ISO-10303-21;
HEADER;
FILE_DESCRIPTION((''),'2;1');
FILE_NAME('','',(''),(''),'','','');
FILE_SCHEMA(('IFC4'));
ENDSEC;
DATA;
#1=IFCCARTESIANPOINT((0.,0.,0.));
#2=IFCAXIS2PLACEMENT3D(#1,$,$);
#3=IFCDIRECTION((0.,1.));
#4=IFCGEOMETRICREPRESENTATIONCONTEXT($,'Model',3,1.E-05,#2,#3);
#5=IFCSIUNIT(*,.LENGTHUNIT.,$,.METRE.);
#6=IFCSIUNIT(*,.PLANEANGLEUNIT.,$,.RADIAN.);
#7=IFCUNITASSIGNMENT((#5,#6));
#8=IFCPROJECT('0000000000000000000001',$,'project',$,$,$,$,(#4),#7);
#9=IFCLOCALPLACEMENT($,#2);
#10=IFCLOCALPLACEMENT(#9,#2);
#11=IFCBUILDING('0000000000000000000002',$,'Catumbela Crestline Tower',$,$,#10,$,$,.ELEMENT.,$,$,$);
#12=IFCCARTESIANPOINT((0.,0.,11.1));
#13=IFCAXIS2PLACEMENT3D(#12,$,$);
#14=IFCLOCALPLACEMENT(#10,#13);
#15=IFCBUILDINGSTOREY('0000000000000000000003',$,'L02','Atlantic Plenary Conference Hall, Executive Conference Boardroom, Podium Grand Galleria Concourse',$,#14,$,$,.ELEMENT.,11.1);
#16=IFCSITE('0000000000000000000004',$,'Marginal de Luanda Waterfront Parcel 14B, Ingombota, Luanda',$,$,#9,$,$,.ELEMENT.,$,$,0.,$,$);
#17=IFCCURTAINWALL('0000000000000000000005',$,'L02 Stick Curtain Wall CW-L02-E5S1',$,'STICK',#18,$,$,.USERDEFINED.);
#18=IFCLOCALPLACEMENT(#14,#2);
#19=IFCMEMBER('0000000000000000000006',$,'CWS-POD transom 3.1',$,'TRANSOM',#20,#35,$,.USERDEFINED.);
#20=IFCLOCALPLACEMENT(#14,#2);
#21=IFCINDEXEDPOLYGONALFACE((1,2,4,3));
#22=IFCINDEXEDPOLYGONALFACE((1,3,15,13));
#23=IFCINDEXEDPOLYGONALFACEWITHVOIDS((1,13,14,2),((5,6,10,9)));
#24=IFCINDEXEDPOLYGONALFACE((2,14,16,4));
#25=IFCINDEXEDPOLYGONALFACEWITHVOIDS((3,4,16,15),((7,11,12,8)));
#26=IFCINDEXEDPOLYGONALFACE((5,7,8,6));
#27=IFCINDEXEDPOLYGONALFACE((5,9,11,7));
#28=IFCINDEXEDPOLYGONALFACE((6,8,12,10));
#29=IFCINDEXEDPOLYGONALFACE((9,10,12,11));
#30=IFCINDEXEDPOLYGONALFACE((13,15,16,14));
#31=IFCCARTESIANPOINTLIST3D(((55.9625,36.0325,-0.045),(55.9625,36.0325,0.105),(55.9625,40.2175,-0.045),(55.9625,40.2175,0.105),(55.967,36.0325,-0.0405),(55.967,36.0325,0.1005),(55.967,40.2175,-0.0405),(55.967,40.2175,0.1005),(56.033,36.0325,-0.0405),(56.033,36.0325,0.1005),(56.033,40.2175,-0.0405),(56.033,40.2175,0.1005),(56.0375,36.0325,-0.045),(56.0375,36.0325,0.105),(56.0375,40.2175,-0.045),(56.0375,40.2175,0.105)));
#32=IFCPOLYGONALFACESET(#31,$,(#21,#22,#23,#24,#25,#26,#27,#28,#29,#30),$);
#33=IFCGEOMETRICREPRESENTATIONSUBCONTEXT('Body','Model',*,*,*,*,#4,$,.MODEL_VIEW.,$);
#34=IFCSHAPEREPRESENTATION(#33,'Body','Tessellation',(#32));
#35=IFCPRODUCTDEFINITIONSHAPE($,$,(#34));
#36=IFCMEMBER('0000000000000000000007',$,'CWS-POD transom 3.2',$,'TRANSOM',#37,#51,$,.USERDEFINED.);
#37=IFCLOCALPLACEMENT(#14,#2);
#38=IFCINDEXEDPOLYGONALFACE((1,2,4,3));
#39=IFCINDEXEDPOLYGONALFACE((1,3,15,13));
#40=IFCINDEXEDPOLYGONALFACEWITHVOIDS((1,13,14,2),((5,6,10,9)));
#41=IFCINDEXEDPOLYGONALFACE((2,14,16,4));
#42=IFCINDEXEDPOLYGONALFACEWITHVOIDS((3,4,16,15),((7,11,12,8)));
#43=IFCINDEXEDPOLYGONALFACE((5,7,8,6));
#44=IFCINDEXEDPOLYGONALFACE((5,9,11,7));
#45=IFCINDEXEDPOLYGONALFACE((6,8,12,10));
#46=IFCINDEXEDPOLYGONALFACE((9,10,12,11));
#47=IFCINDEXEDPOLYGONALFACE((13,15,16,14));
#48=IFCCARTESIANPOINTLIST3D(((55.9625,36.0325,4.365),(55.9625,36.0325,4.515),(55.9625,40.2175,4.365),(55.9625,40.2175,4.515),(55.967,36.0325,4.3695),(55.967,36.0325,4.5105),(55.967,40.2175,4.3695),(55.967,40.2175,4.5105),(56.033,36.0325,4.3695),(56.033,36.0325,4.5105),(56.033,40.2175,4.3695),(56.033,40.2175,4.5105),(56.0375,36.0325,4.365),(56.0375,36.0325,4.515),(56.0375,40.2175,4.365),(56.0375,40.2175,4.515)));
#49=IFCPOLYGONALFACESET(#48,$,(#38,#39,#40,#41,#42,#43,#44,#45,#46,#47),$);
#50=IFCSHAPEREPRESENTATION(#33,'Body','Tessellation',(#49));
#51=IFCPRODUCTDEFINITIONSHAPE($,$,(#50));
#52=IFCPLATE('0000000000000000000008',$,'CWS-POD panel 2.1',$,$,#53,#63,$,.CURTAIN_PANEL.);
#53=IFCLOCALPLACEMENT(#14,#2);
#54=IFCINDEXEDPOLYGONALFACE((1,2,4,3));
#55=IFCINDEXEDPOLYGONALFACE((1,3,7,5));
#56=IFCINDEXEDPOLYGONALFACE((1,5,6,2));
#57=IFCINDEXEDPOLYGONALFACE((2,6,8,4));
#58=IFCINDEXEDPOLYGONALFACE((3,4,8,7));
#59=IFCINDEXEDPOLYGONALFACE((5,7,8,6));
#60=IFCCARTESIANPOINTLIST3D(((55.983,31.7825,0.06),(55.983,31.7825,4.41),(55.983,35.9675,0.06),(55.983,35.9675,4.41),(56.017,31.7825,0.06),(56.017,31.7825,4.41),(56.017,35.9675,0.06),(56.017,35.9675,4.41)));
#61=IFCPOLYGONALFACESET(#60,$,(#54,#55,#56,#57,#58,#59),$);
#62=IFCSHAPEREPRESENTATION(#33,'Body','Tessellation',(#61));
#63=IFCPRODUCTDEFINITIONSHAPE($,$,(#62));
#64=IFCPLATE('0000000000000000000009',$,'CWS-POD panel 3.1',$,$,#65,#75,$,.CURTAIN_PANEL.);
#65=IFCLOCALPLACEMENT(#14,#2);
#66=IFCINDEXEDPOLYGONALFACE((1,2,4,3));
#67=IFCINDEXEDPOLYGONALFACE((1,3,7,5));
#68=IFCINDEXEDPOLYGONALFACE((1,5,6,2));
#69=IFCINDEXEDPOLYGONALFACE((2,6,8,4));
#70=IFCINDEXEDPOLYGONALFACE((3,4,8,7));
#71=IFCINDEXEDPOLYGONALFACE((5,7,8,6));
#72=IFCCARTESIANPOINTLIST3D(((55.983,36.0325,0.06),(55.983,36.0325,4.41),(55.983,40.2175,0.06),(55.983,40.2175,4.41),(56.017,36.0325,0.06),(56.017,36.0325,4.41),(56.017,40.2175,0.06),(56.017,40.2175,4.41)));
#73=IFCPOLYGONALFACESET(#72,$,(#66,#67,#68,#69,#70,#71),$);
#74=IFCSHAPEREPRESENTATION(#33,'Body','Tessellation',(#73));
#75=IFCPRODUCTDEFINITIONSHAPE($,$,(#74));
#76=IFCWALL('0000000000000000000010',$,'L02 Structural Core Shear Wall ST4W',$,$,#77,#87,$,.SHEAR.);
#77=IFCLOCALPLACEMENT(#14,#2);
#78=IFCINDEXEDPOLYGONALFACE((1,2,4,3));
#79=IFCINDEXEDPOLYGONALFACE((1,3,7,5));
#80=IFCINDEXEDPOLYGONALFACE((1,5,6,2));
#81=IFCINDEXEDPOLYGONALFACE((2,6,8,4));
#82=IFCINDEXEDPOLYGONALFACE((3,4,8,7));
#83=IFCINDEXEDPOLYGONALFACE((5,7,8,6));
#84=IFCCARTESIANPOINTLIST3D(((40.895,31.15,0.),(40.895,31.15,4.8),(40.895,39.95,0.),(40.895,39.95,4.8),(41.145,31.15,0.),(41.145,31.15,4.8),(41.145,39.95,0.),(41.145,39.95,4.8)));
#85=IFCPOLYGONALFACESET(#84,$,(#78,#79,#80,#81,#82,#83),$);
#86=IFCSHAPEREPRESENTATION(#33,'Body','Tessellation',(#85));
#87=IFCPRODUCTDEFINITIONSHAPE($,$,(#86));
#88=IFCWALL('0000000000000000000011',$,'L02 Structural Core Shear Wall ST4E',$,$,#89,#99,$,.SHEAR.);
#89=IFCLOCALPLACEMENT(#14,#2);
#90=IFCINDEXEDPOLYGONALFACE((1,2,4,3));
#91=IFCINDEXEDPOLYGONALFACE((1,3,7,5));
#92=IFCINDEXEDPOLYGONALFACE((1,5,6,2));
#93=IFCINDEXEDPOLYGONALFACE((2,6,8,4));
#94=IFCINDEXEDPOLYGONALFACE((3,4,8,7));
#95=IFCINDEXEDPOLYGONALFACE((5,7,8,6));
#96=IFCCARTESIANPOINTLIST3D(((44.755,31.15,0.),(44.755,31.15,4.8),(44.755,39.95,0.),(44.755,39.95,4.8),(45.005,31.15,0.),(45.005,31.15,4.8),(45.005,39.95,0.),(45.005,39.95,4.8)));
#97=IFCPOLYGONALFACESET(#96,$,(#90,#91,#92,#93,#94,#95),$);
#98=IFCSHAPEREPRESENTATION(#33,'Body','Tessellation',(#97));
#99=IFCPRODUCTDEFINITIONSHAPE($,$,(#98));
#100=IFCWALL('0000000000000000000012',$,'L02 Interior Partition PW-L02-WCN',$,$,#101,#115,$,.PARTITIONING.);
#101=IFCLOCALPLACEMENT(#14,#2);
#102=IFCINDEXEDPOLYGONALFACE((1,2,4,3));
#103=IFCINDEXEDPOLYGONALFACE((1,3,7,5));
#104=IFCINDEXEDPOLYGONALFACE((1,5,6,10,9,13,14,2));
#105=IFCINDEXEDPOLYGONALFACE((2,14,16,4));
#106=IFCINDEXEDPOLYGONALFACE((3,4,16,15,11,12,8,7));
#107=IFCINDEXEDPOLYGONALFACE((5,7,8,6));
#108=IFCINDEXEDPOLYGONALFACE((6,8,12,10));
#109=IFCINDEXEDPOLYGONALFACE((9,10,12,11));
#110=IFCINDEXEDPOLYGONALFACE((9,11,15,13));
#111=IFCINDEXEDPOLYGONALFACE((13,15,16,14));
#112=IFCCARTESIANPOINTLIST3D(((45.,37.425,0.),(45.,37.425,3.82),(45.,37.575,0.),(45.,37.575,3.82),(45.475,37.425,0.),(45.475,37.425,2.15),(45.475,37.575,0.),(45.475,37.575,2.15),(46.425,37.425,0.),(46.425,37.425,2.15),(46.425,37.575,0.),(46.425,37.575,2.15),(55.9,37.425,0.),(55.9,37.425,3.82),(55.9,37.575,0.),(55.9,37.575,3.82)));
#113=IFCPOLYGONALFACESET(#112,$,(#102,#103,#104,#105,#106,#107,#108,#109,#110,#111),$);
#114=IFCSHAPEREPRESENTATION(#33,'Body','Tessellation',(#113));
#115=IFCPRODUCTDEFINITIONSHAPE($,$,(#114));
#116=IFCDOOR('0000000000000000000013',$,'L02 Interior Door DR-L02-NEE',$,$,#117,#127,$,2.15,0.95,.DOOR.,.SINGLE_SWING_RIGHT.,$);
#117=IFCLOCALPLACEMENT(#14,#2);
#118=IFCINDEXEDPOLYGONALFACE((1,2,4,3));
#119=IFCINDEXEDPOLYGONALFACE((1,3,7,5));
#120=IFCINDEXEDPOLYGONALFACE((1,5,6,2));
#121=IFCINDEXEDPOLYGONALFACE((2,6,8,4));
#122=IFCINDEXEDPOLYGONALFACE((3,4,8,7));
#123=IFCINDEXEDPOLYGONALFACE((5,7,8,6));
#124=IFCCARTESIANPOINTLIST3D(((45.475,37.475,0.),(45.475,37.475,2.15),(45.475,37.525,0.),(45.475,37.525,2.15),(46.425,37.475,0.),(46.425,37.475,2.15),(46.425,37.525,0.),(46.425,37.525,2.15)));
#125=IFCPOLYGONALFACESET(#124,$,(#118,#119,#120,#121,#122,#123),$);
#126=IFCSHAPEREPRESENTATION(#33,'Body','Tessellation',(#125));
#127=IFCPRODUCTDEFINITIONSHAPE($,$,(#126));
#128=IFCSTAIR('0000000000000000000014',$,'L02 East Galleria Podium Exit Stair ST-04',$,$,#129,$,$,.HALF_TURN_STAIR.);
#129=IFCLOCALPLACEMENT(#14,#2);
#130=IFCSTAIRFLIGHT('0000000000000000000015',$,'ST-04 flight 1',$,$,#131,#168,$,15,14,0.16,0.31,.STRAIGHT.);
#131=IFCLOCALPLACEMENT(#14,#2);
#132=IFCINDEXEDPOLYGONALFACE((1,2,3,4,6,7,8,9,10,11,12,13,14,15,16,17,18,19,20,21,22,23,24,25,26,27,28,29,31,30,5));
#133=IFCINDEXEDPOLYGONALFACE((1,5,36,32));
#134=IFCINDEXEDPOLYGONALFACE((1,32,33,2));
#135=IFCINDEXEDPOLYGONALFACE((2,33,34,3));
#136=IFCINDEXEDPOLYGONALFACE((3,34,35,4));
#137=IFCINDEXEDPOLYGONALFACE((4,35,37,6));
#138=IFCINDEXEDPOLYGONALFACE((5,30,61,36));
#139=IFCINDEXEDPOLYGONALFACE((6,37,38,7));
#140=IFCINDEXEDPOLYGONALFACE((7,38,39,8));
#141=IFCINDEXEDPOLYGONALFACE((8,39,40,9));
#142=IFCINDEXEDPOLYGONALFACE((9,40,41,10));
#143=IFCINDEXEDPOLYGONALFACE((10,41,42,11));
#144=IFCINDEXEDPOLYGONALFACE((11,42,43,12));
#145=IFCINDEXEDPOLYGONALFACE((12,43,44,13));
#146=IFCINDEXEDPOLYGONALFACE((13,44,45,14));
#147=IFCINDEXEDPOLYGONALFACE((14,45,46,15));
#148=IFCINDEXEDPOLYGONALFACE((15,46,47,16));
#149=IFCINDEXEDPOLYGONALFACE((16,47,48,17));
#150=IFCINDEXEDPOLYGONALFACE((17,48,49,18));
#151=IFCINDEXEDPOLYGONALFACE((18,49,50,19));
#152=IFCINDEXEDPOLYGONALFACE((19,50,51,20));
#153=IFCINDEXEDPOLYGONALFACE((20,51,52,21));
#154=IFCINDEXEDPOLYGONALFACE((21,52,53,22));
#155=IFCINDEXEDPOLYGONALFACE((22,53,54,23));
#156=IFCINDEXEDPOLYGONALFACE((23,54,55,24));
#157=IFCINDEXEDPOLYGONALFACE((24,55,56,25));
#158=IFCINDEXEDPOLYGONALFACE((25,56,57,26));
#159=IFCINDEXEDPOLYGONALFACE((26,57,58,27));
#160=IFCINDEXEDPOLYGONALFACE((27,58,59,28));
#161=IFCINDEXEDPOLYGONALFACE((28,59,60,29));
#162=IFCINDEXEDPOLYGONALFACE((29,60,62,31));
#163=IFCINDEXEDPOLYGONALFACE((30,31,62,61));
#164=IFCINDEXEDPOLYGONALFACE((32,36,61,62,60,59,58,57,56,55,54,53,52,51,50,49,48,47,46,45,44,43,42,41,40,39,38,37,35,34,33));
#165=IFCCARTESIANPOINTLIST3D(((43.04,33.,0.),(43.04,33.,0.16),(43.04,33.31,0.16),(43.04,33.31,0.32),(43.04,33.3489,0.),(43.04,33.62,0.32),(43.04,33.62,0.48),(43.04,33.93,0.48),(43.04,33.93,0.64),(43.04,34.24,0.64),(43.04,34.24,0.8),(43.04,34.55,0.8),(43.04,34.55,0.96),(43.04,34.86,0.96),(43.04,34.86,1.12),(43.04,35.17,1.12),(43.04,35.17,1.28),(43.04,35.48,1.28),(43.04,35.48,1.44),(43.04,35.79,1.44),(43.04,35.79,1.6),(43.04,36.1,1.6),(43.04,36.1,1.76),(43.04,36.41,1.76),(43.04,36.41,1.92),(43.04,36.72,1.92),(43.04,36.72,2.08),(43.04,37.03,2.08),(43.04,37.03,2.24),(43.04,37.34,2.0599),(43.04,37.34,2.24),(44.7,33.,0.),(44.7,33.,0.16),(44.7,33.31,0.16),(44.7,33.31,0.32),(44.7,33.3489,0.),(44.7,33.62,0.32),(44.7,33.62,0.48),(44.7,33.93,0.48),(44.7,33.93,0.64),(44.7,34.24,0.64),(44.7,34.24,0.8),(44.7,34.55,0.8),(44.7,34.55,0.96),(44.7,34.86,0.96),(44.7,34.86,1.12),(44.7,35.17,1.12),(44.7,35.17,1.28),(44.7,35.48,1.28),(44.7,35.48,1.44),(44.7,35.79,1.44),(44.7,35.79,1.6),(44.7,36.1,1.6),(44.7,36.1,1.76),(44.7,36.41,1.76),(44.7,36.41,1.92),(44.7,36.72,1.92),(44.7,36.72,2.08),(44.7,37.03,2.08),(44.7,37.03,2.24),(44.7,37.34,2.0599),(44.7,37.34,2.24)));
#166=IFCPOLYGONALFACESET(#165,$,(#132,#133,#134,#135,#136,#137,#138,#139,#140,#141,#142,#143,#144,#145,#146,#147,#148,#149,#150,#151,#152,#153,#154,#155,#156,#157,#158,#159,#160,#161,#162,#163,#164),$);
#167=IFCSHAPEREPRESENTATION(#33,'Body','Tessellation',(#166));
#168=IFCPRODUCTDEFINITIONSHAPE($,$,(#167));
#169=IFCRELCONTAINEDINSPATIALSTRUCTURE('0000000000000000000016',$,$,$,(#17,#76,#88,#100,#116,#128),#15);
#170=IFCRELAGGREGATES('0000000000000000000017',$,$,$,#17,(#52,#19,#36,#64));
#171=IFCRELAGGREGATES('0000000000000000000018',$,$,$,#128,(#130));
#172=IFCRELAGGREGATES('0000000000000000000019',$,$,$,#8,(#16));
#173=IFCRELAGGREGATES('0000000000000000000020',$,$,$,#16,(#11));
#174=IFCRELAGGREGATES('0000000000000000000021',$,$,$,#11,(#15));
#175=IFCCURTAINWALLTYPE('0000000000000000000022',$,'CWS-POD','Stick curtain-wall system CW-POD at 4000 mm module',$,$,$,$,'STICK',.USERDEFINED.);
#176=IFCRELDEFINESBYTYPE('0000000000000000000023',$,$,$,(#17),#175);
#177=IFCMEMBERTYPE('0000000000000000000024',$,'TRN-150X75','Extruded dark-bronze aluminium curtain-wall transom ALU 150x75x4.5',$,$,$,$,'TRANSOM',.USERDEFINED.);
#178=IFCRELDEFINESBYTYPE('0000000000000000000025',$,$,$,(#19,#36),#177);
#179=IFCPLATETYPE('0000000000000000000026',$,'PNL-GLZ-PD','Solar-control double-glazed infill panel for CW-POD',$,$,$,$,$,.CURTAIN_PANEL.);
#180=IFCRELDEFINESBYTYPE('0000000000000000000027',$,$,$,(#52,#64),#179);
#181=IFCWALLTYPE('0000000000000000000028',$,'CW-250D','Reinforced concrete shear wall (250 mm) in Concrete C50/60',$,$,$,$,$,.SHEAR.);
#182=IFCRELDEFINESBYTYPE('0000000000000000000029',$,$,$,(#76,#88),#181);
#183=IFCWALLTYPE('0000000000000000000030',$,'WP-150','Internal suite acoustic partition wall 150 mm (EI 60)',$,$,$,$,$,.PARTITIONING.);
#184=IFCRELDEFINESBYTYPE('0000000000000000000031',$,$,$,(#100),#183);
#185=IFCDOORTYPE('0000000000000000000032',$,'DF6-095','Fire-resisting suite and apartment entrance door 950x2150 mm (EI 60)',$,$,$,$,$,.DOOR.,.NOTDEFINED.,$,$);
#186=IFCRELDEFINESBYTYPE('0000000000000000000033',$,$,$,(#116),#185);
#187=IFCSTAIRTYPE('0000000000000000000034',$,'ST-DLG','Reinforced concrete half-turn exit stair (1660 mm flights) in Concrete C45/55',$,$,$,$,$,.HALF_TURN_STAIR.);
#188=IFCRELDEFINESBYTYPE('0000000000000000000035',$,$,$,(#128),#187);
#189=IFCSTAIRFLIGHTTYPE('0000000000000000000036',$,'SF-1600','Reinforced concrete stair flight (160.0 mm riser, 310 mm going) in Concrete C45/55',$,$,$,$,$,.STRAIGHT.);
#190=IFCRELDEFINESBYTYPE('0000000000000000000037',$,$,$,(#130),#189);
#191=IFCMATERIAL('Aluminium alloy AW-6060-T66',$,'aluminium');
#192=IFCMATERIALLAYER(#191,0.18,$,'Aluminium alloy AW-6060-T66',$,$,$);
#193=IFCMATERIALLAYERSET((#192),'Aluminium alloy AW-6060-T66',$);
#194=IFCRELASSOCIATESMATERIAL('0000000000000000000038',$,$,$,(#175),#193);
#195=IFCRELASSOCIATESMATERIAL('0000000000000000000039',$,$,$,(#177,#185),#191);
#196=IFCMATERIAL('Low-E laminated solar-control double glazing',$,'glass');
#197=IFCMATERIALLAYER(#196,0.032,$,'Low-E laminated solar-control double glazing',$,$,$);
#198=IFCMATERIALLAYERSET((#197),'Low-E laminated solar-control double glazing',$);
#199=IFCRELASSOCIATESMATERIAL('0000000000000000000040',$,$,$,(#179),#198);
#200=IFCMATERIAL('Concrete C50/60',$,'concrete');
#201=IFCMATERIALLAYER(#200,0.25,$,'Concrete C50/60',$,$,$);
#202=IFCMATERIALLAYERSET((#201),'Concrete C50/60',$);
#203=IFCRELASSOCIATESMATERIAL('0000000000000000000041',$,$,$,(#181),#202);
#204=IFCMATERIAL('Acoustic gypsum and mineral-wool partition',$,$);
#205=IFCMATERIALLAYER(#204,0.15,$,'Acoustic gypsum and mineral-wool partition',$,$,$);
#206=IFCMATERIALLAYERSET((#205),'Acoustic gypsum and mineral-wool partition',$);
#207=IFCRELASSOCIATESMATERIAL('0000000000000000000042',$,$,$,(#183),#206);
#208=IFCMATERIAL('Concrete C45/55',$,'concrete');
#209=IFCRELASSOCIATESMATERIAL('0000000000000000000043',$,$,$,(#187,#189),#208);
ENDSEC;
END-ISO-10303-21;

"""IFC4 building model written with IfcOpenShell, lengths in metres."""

from ifc_helpers import new_model, si_unit, direction, frame, frame_2d, origin, origin_2d, place, context, subcontext, project, spatial, polyline, rectangle, hollow_rectangle, outline, extrude, material, layer, layer_set, material_profile, profile_set, type_object, element, fill, aggregate, save


model = new_model("IFC4")

# Units and contexts
model_context = context("Model", 3, precision=1e-05, world=origin(), true_north=direction((0.0, 1.0)))
body_context = subcontext(model_context, "Body", "Model", "MODEL_VIEW")
ifc_project = project(units=[si_unit("LENGTHUNIT", "METRE"), si_unit("PLANEANGLEUNIT", "RADIAN")], contexts=[model_context])

# Site, building, storey
site_placement = place(None, origin())
site = spatial("IfcSite", under=ifc_project, at=site_placement, Name="Marginal de Luanda Waterfront Parcel 14B, Ingombota, Luanda", CompositionType="ELEMENT", RefElevation=0.0)
building_placement = place(site_placement, origin())
building = spatial("IfcBuilding", under=site, at=building_placement, Name="Catumbela Crestline Tower", CompositionType="ELEMENT")
storey_placement = place(building_placement, frame((0.0, 0.0, 11.1)))
storey = spatial("IfcBuildingStorey", under=building, at=storey_placement, Name="L02", Description="Atlantic Plenary Conference Hall, Executive Conference Boardroom, Podium Grand Galleria Concourse", CompositionType="ELEMENT", Elevation=11.1)

# Curtain wall, members, plates
ifc_material_1 = material(Name="Aluminium alloy AW-6060-T66", Category="aluminium")
ifc_layer_1 = layer(ifc_material_1, 0.18, Name="Aluminium alloy AW-6060-T66")
ifc_layer_set_1 = layer_set([ifc_layer_1], Name="Aluminium alloy AW-6060-T66")
curtain_wall_type = type_object("IfcCurtainWallType", Name="CWS-POD", Description="Stick curtain-wall system CW-POD at 4000 mm module", ElementType="STICK", PredefinedType="USERDEFINED", material=ifc_layer_set_1)
curtain_wall_placement = place(storey_placement, origin())
curtain_wall = element("IfcCurtainWall", 1, at=curtain_wall_placement, inside=storey, type_object=curtain_wall_type, Name="L02 Stick Curtain Wall CW-L02-E5S1", ObjectType="STICK", PredefinedType="USERDEFINED")
ifc_material_profile_1 = material_profile(ifc_material_1, hollow_rectangle(XDim=0.075, YDim=0.15, WallThickness=0.0045, at=origin_2d()), Name="ALU 150x75x4.5")
ifc_profile_set_1 = profile_set([ifc_material_profile_1], Name="Aluminium alloy AW-6060-T66")
member_type_1 = type_object("IfcMemberType", Name="TRN-150X75", Description="Extruded dark-bronze aluminium curtain-wall transom ALU 150x75x4.5", ElementType="TRANSOM", PredefinedType="USERDEFINED", material=ifc_profile_set_1)
member_1_placement = place(storey_placement, frame((56.0, 36.0325, 0.03), z_axis=(0.0, 1.0, 0.0), x_axis=(-1.0, 0.0, 0.0)))
member_1 = element("IfcMember", 2, at=member_1_placement, type_object=member_type_1, Name="CWS-POD transom 3.1", ObjectType="TRANSOM", PredefinedType="USERDEFINED", context=body_context, shape_type="SweptSolid", body=[
    extrude(hollow_rectangle(XDim=0.075, YDim=0.15, WallThickness=0.0045, at=origin_2d()), origin(), (0.0, 0.0, 1.0), 4.185),
])
member_2_placement = place(storey_placement, frame((56.0, 36.0325, 4.44), z_axis=(0.0, 1.0, 0.0), x_axis=(-1.0, 0.0, 0.0)))
member_2 = element("IfcMember", 3, at=member_2_placement, type_object=member_type_1, Name="CWS-POD transom 3.2", ObjectType="TRANSOM", PredefinedType="USERDEFINED", context=body_context, shape_type="SweptSolid", body=[
    extrude(hollow_rectangle(XDim=0.075, YDim=0.15, WallThickness=0.0045, at=origin_2d()), origin(), (0.0, 0.0, 1.0), 4.185),
])
ifc_material_2 = material(Name="Low-E laminated solar-control double glazing", Category="glass")
ifc_layer_2 = layer(ifc_material_2, 0.032, Name="Low-E laminated solar-control double glazing")
ifc_layer_set_2 = layer_set([ifc_layer_2], Name="Low-E laminated solar-control double glazing")
plate_type = type_object("IfcPlateType", Name="PNL-GLZ-PD", Description="Solar-control double-glazed infill panel for CW-POD", PredefinedType="CURTAIN_PANEL", material=ifc_layer_set_2)
plate_1_placement = place(storey_placement, frame((56.0, 33.875, 0.06), z_axis=(0.0, 0.0, 1.0), x_axis=(0.0, 1.0, 0.0)))
plate_1 = element("IfcPlate", 4, at=plate_1_placement, type_object=plate_type, Name="CWS-POD panel 2.1", PredefinedType="CURTAIN_PANEL", context=body_context, shape_type="SweptSolid", body=[
    extrude(rectangle(XDim=4.185, YDim=0.034, at=origin_2d()), origin(), (0.0, 0.0, 1.0), 4.35),
])
plate_2_placement = place(storey_placement, frame((56.0, 38.125, 0.06), z_axis=(0.0, 0.0, 1.0), x_axis=(0.0, 1.0, 0.0)))
plate_2 = element("IfcPlate", 5, at=plate_2_placement, type_object=plate_type, Name="CWS-POD panel 3.1", PredefinedType="CURTAIN_PANEL", context=body_context, shape_type="SweptSolid", body=[
    extrude(rectangle(XDim=4.185, YDim=0.034, at=origin_2d()), origin(), (0.0, 0.0, 1.0), 4.35),
])
aggregate(curtain_wall, [plate_1, member_1, member_2, plate_2])

# Walls
ifc_material_3 = material(Name="Concrete C50/60", Category="concrete")
ifc_layer_3 = layer(ifc_material_3, 0.25, Name="Concrete C50/60")
ifc_layer_set_3 = layer_set([ifc_layer_3], Name="Concrete C50/60")
wall_type_1 = type_object("IfcWallType", Name="CW-250D", Description="Reinforced concrete shear wall (250 mm) in Concrete C50/60", PredefinedType="SHEAR", material=ifc_layer_set_3)
for number, where, z_axis, x_axis, name in (
    (6, (41.02, 31.15, 0.0), (0.0, 0.0, 1.0), (0.0, 1.0, 0.0), "L02 Structural Core Shear Wall ST4W"),
    (7, (44.88, 31.15, 0.0), (0.0, 0.0, 1.0), (0.0, 1.0, 0.0), "L02 Structural Core Shear Wall ST4E"),
):
    element("IfcWall", number, at=place(storey_placement, frame(where, z_axis=z_axis, x_axis=x_axis)), inside=storey, type_object=wall_type_1, Name=name, PredefinedType="SHEAR", context=body_context, shape_type="SweptSolid", body=[
        extrude(rectangle(XDim=8.8, YDim=0.25, at=frame_2d((4.4, 0.0))), origin(), (0.0, 0.0, 1.0), 4.8),
    ])

# Wall, opening, door
ifc_material_4 = material(Name="Acoustic gypsum and mineral-wool partition")
ifc_layer_4 = layer(ifc_material_4, 0.15, Name="Acoustic gypsum and mineral-wool partition")
ifc_layer_set_4 = layer_set([ifc_layer_4], Name="Acoustic gypsum and mineral-wool partition")
wall_type_2 = type_object("IfcWallType", Name="WP-150", Description="Internal suite acoustic partition wall 150 mm (EI 60)", PredefinedType="PARTITIONING", material=ifc_layer_set_4)
wall_placement = place(storey_placement, frame((45.0, 37.5, 0.0), z_axis=(0.0, 0.0, 1.0), x_axis=(1.0, 0.0, 0.0)))
wall = element("IfcWall", 8, at=wall_placement, inside=storey, type_object=wall_type_2, Name="L02 Interior Partition PW-L02-WCN", PredefinedType="PARTITIONING", context=body_context, shape_type="SweptSolid", body=[
    extrude(rectangle(XDim=10.9, YDim=0.15, at=frame_2d((5.45, 0.0))), origin(), (0.0, 0.0, 1.0), 3.82),
])
opening_placement = place(wall_placement, frame((0.475, 0.0, 0.0)))
opening = element("IfcOpeningElement", 9, at=opening_placement, cuts=wall, PredefinedType="OPENING", context=body_context, shape_type="SweptSolid", body=[
    extrude(rectangle(XDim=0.95, YDim=2.15, at=frame_2d((0.475, 1.075))), frame((0.0, 0.085, 0.0), z_axis=(0.0, -1.0, 0.0), x_axis=(1.0, 0.0, 0.0)), (0.0, 0.0, 1.0), 0.17),
])
door_type = type_object("IfcDoorType", Name="DF6-095", Description="Fire-resisting suite and apartment entrance door 950x2150 mm (EI 60)", OperationType="NOTDEFINED", PredefinedType="DOOR", material=ifc_material_1)
door_placement = place(opening_placement, origin())
door = element("IfcDoor", 10, at=door_placement, inside=storey, type_object=door_type, Name="L02 Interior Door DR-L02-NEE", OperationType="SINGLE_SWING_RIGHT", OverallHeight=2.15, OverallWidth=0.95, PredefinedType="DOOR", context=body_context, shape_type="SweptSolid", body=[
    extrude(rectangle(XDim=0.95, YDim=2.15, at=frame_2d((0.475, 1.075))), frame((0.0, 0.025, 0.0), z_axis=(0.0, -1.0, 0.0), x_axis=(1.0, 0.0, 0.0)), (0.0, 0.0, 1.0), 0.05),
])
fill(opening, door)

# Stair, stair flight
ifc_material_5 = material(Name="Concrete C45/55", Category="concrete")
stair_type = type_object("IfcStairType", Name="ST-DLG", Description="Reinforced concrete half-turn exit stair (1660 mm flights) in Concrete C45/55", PredefinedType="HALF_TURN_STAIR", material=ifc_material_5)
stair_placement = place(storey_placement, origin())
stair = element("IfcStair", 11, at=stair_placement, inside=storey, type_object=stair_type, Name="L02 East Galleria Podium Exit Stair ST-04", PredefinedType="HALF_TURN_STAIR")
stair_flight_type = type_object("IfcStairFlightType", Name="SF-1600", Description="Reinforced concrete stair flight (160.0 mm riser, 310 mm going) in Concrete C45/55", PredefinedType="STRAIGHT", material=ifc_material_5)
stair_flight_1_placement = place(storey_placement, frame((43.87, 33.0, 0.0), z_axis=(0.0, 0.0, 1.0), x_axis=(0.0, 1.0, 0.0)))
stair_flight_1 = element("IfcStairFlight", 12, at=stair_flight_1_placement, type_object=stair_flight_type, Name="ST-04 flight 1", NumberOfRisers=15, NumberOfTreads=14, PredefinedType="STRAIGHT", RiserHeight=0.16, TreadLength=0.31, context=body_context, shape_type="SweptSolid", body=[
    extrude(outline(polyline([(0.0, 0.0), (0.0, 0.16), (0.31, 0.16), (0.31, 0.32), (0.62, 0.32), (0.62, 0.48), (0.93, 0.48), (0.93, 0.64), (1.24, 0.64), (1.24, 0.8), (1.55, 0.8), (1.55, 0.96), (1.86, 0.96), (1.86, 1.12), (2.17, 1.12), (2.17, 1.28), (2.48, 1.28), (2.48, 1.44), (2.79, 1.44), (2.79, 1.6), (3.1, 1.6), (3.1, 1.76), (3.41, 1.76), (3.41, 1.92), (3.72, 1.92), (3.72, 2.08), (4.03, 2.08), (4.03, 2.24), (4.34, 2.24), (4.34, 2.4), (4.34, 2.0599), (0.3489, 0.0), (0.0, 0.0)])), frame((0.0, 0.83, 0.0), z_axis=(0.0, -1.0, 0.0), x_axis=(1.0, 0.0, 0.0)), (0.0, 0.0, 1.0), 1.66),
])
aggregate(stair, [stair_flight_1])

save(model, "model.ifc")
